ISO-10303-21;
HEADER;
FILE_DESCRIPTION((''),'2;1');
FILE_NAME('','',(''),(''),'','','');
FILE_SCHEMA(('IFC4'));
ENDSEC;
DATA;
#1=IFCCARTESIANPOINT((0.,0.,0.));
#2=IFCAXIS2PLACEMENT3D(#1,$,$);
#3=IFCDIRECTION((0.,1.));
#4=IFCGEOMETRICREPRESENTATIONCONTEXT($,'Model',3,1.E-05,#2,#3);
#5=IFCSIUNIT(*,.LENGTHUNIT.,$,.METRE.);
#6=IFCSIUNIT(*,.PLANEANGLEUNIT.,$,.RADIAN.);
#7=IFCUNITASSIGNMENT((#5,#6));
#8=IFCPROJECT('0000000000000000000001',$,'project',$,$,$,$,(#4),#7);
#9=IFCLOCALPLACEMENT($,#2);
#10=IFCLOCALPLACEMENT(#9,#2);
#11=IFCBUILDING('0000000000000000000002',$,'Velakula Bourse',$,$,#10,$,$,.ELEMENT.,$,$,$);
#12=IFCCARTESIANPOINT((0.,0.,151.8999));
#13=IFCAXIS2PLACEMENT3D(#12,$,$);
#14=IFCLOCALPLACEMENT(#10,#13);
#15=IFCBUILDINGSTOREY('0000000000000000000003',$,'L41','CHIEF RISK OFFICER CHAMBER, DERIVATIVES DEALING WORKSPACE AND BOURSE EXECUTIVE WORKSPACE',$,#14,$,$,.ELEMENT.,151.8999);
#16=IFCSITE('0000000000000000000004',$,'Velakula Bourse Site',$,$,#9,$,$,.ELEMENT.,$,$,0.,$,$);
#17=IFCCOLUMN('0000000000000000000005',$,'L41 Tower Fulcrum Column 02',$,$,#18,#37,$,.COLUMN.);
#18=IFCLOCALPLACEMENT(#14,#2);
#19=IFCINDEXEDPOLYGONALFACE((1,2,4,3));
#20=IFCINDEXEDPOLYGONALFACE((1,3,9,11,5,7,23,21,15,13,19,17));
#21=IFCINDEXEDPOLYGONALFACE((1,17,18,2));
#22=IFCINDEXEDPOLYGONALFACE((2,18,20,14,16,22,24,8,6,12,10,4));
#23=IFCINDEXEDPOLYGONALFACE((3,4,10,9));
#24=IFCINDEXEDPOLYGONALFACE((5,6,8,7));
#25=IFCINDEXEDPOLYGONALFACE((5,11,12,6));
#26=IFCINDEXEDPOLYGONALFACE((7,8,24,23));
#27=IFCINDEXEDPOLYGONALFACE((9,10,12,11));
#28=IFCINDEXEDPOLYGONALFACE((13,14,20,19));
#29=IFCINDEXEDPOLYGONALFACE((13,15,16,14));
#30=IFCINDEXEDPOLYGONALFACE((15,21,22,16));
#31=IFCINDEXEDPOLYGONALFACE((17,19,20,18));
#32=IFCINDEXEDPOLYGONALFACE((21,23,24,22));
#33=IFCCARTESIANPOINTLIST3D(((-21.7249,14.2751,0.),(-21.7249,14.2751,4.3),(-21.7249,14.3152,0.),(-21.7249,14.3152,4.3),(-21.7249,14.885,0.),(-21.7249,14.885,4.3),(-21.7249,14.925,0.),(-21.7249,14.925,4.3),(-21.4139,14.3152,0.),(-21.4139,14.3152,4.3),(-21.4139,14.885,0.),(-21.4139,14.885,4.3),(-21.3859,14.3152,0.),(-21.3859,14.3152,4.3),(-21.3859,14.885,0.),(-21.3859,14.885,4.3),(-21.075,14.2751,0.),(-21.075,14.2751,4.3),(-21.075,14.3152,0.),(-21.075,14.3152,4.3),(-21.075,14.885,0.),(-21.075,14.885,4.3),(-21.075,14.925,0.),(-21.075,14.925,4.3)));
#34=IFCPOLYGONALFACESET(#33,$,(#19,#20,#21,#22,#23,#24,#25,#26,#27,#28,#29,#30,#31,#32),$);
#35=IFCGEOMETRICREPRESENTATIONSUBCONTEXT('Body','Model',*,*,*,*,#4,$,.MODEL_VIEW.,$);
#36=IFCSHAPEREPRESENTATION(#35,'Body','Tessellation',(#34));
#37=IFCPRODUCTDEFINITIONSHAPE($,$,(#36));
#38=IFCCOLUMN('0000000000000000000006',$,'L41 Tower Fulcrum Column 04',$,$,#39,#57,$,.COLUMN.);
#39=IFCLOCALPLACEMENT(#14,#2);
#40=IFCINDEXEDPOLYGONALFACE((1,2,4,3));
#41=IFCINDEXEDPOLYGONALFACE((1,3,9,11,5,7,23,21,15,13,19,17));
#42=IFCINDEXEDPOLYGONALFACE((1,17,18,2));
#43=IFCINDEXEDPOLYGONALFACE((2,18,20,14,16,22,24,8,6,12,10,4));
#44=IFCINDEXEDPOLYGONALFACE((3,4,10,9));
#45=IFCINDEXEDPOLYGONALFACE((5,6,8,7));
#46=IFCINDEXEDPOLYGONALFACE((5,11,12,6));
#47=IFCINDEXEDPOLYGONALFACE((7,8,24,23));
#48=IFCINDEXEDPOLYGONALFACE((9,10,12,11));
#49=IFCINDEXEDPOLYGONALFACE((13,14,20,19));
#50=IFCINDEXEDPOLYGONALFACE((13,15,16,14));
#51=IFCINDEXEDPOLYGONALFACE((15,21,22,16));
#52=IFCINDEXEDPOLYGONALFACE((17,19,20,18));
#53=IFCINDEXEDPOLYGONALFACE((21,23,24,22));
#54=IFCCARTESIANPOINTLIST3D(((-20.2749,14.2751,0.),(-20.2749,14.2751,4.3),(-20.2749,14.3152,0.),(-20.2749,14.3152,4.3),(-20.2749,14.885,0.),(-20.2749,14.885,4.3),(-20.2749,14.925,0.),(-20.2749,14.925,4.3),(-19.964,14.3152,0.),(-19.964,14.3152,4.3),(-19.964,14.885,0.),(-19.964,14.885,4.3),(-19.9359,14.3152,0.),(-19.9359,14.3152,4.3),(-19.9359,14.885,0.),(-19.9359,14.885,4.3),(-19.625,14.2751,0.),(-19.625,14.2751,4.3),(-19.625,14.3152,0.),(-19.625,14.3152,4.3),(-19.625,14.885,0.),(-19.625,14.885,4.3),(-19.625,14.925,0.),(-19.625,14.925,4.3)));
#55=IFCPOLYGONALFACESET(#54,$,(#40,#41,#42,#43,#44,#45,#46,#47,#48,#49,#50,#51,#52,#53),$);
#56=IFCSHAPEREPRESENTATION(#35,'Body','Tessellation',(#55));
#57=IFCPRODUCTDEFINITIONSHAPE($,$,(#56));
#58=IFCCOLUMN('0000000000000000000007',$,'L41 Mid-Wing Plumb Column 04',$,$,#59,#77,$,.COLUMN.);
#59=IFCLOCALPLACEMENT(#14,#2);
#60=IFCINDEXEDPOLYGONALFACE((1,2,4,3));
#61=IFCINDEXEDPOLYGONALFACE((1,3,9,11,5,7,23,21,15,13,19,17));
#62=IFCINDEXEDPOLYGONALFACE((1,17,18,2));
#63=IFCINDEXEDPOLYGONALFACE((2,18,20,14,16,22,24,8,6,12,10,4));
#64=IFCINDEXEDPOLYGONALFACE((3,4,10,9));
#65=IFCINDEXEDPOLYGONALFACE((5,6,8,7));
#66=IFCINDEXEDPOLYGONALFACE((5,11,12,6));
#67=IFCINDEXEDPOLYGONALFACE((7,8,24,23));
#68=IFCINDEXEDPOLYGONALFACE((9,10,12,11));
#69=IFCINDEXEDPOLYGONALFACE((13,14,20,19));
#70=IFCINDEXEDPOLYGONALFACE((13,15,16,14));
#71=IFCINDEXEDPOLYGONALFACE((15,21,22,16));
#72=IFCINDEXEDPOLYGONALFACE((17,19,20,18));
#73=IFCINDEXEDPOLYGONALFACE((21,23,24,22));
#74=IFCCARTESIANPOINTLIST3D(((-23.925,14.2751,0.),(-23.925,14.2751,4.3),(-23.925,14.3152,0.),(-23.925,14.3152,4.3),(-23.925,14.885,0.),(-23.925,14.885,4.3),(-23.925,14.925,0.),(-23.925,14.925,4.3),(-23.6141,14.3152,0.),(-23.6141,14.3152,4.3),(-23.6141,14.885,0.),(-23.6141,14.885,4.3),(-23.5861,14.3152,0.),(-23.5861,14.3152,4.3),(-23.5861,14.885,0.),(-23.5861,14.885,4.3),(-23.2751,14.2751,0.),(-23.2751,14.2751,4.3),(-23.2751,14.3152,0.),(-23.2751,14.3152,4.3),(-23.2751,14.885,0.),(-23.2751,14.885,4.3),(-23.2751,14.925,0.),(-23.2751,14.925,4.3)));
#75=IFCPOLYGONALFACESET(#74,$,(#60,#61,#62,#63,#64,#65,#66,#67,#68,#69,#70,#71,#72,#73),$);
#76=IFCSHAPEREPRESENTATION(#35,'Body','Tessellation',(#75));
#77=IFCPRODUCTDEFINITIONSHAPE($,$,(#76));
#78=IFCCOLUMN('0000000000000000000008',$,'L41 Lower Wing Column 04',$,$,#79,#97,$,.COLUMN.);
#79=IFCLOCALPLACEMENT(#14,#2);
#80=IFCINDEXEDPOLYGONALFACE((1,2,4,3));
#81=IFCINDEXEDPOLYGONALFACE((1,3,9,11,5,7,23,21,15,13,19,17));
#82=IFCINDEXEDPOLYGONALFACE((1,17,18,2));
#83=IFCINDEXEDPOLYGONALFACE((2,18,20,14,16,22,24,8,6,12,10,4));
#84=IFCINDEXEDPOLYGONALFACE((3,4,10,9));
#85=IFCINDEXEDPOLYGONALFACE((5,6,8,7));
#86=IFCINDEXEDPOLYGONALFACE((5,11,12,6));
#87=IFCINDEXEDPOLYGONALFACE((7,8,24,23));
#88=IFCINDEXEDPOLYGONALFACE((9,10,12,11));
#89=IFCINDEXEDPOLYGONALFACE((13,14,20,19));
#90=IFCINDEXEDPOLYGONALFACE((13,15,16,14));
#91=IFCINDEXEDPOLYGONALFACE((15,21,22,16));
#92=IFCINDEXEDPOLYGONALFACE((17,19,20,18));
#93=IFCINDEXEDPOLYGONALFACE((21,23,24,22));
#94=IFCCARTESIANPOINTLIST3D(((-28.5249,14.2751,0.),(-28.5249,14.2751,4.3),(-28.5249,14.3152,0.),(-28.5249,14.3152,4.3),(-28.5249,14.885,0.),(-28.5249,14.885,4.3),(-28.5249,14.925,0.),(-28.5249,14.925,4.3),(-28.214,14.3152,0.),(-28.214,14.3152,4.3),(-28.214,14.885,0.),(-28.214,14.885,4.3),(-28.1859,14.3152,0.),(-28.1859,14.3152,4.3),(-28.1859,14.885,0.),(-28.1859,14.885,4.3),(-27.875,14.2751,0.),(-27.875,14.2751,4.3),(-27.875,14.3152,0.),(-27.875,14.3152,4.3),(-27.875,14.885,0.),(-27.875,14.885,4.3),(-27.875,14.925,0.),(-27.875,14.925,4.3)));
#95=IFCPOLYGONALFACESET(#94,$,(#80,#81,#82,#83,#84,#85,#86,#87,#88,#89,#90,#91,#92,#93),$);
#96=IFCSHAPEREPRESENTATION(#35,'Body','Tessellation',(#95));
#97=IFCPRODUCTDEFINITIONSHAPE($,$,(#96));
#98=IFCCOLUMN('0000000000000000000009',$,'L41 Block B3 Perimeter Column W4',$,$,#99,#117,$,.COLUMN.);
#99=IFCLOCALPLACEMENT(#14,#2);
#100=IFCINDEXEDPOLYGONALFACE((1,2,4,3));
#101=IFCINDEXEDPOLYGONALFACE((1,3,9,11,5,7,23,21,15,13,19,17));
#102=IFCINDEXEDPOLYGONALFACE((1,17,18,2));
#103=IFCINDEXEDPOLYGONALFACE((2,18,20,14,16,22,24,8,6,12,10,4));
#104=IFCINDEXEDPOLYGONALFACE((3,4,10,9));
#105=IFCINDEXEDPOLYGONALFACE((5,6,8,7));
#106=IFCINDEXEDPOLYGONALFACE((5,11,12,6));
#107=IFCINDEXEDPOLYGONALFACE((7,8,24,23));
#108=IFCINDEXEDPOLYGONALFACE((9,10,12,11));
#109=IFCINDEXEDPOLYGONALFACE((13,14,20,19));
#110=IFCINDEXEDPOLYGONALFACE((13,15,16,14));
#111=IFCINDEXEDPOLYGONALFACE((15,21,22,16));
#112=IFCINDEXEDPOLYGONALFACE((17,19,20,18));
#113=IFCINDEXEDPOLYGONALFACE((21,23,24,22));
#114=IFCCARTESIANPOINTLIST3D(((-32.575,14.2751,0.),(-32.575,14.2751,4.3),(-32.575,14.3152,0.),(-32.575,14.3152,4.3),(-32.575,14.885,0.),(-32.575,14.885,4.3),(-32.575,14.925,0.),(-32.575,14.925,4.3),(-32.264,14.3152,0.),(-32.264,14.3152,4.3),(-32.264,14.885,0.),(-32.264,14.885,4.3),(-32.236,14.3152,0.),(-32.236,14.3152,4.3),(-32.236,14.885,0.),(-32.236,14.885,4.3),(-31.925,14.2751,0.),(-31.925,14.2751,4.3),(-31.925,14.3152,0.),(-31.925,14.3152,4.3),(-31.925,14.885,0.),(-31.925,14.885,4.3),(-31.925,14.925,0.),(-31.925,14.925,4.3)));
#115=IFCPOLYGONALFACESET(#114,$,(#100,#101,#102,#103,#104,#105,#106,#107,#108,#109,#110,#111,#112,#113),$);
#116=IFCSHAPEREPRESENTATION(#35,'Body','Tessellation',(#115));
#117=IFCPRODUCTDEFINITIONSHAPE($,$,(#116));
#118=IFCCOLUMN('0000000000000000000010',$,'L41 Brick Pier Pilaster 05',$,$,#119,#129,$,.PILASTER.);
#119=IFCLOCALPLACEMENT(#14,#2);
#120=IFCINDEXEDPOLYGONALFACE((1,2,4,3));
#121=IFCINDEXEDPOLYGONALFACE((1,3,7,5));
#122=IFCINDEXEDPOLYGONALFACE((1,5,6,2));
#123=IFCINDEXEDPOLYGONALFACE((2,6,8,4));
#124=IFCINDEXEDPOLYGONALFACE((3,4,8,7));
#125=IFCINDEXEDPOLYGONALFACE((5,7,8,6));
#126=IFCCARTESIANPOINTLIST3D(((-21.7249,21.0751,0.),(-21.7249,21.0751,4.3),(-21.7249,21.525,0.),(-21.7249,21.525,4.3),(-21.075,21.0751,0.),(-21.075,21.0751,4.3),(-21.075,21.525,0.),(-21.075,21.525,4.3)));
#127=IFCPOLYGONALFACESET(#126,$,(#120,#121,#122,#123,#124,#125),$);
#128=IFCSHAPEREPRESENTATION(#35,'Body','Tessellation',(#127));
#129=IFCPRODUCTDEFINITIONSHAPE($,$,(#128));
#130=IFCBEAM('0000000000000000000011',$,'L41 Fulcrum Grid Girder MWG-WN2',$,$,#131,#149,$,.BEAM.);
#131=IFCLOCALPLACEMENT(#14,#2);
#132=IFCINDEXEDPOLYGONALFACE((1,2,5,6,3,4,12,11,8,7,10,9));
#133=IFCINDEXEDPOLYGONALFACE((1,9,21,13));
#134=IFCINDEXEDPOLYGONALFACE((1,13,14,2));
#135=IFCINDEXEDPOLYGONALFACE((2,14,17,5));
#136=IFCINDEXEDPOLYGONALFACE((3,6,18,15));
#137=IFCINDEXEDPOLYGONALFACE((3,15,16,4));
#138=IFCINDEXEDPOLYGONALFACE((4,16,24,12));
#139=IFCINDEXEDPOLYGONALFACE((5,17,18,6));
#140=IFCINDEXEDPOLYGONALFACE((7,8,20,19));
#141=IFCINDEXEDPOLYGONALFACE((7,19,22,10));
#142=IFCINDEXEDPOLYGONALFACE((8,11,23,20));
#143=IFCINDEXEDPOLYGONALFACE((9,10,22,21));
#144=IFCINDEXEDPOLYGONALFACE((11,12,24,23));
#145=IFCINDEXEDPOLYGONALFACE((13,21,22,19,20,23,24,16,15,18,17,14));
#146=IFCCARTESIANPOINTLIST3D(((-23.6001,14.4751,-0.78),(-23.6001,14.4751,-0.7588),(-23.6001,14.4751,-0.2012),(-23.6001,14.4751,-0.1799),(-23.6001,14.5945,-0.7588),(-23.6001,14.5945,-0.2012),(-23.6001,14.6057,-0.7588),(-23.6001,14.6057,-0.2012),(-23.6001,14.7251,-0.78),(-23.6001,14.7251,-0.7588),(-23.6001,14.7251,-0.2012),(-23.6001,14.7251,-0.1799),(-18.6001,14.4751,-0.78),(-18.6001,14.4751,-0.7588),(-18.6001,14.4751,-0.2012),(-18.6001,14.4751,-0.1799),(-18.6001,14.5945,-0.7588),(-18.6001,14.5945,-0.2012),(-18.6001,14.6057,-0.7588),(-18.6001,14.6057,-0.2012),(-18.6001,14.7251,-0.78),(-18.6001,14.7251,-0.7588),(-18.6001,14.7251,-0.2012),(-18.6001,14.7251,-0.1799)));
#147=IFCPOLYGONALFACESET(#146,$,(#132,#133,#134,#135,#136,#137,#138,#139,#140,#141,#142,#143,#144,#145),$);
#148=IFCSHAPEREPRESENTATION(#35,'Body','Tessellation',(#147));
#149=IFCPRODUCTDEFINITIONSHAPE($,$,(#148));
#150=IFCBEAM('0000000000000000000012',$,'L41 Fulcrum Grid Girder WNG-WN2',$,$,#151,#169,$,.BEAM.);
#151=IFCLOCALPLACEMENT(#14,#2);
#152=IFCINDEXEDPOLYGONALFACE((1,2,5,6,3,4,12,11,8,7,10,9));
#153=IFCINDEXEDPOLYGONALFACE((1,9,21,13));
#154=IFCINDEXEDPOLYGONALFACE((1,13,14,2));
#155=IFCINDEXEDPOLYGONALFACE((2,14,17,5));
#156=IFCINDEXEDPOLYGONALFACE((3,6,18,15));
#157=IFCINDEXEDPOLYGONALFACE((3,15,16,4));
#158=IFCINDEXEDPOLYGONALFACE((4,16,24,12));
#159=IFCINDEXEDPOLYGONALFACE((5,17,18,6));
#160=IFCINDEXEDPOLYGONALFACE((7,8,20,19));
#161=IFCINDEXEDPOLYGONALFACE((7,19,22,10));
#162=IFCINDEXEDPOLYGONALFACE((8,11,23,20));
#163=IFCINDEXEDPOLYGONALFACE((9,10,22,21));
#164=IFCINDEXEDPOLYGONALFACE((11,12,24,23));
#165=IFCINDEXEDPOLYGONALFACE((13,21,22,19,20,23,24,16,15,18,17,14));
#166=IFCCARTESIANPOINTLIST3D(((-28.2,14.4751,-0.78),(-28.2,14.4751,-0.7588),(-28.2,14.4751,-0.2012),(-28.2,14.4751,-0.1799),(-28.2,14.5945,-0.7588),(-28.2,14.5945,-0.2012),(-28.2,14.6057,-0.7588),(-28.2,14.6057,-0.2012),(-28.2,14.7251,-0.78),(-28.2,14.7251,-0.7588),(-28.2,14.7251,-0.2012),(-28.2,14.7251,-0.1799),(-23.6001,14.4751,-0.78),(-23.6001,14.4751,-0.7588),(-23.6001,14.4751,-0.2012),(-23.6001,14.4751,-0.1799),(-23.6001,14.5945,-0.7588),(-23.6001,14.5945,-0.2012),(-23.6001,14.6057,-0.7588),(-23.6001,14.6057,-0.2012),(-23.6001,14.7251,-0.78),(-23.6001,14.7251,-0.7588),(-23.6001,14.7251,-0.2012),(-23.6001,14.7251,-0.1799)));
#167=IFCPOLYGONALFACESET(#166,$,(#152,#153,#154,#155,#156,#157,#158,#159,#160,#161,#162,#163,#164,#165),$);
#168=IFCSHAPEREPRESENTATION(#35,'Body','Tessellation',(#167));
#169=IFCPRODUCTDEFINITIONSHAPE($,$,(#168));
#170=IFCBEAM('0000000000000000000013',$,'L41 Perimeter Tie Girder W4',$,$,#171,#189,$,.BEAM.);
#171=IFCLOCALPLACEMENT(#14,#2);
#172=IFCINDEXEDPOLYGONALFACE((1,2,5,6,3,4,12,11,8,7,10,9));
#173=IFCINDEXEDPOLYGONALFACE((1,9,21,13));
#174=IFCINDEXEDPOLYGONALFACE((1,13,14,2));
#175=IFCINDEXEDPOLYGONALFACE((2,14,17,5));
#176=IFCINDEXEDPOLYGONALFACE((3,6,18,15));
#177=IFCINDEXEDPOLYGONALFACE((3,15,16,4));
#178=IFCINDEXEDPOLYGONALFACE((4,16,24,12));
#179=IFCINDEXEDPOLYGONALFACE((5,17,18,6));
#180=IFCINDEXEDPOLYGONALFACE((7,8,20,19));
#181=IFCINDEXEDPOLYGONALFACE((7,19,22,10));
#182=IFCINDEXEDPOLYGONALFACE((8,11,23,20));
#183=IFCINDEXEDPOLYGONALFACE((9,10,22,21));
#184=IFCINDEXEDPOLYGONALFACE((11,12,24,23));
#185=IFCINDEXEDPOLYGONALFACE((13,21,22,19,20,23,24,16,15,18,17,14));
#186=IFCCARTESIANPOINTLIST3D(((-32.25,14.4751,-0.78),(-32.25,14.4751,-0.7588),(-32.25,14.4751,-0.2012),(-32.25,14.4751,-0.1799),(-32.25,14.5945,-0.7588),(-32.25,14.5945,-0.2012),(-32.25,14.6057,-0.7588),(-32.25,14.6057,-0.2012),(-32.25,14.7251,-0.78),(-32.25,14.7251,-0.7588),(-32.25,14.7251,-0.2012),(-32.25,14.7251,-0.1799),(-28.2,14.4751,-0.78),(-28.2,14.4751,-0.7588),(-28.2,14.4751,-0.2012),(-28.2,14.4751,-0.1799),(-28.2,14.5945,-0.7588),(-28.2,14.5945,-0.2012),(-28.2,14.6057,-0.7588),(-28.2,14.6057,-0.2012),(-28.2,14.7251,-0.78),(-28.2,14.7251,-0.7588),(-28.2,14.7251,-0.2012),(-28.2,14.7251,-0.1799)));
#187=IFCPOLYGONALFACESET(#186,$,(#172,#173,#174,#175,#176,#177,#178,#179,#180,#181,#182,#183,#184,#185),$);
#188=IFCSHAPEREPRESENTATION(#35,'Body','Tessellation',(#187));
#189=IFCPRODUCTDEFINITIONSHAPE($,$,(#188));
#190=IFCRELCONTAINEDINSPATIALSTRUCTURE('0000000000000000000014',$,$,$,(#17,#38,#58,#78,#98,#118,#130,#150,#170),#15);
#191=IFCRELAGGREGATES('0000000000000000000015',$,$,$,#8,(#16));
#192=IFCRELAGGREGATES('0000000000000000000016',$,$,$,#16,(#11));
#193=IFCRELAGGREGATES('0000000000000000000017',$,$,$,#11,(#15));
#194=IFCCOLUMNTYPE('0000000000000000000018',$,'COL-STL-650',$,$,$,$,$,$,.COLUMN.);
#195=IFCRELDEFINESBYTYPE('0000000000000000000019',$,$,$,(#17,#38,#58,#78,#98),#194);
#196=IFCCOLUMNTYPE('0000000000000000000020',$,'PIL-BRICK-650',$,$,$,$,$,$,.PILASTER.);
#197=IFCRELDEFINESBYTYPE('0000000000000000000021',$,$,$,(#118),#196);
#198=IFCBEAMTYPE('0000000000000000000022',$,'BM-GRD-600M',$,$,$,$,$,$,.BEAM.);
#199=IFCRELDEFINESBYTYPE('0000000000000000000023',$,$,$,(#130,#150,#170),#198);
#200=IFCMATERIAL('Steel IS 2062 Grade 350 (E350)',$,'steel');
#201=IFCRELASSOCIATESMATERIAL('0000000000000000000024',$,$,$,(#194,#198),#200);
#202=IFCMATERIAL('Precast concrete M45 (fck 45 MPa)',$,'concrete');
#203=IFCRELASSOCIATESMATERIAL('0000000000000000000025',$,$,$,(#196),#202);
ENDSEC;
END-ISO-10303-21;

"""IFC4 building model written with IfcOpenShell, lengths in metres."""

from ifc_helpers import new_model, si_unit, direction, frame, origin, origin_2d, place, context, subcontext, project, spatial, rectangle, i_section, extrude, material, material_profile, profile_set, type_object, element, save


model = new_model("IFC4")

# Units and contexts
model_context = context("Model", 3, precision=1e-05, world=origin(), true_north=direction((0.0, 1.0)))
body_context = subcontext(model_context, "Body", "Model", "MODEL_VIEW")
ifc_project = project(units=[si_unit("LENGTHUNIT", "METRE"), si_unit("PLANEANGLEUNIT", "RADIAN")], contexts=[model_context])

# Site, building, storey
site_placement = place(None, origin())
site = spatial("IfcSite", under=ifc_project, at=site_placement, Name="Velakula Bourse Site", CompositionType="ELEMENT", RefElevation=0.0)
building_placement = place(site_placement, origin())
building = spatial("IfcBuilding", under=site, at=building_placement, Name="Velakula Bourse", CompositionType="ELEMENT")
storey_placement = place(building_placement, frame((0.0, 0.0, 151.8999)))
storey = spatial("IfcBuildingStorey", under=building, at=storey_placement, Name="L41", Description="CHIEF RISK OFFICER CHAMBER, DERIVATIVES DEALING WORKSPACE AND BOURSE EXECUTIVE WORKSPACE", CompositionType="ELEMENT", Elevation=151.8999)

# Columns
ifc_material_1 = material(Name="Steel IS 2062 Grade 350 (E350)", Category="steel")
ifc_material_profile_1 = material_profile(ifc_material_1, i_section(OverallWidth=0.6499, OverallDepth=0.6499, WebThickness=0.0281, FlangeThickness=0.04, at=origin_2d()), Name="Steel IS 2062 Grade 350 (E350)")
ifc_profile_set_1 = profile_set([ifc_material_profile_1], Name="Steel IS 2062 Grade 350 (E350)")
column_type_1 = type_object("IfcColumnType", Name="COL-STL-650", PredefinedType="COLUMN", material=ifc_profile_set_1)
for number, where, z_axis, x_axis, name in (
    (1, (-21.3999, 14.6001, 0.0), (0.0, 0.0, 1.0), (1.0, 0.0, 0.0), "L41 Tower Fulcrum Column 02"),
    (2, (-19.95, 14.6001, 0.0), (0.0, 0.0, 1.0), (1.0, 0.0, 0.0), "L41 Tower Fulcrum Column 04"),
    (3, (-23.6001, 14.6001, 0.0), (0.0, 0.0, 1.0), (1.0, 0.0, 0.0), "L41 Mid-Wing Plumb Column 04"),
    (4, (-28.2, 14.6001, 0.0), (0.0, 0.0, 1.0), (1.0, 0.0, 0.0), "L41 Lower Wing Column 04"),
    (5, (-32.25, 14.6001, 0.0), (0.0, 0.0, 1.0), (1.0, 0.0, 0.0), "L41 Block B3 Perimeter Column W4"),
):
    element("IfcColumn", number, at=place(storey_placement, frame(where, z_axis=z_axis, x_axis=x_axis)), inside=storey, type_object=column_type_1, Name=name, PredefinedType="COLUMN", context=body_context, shape_type="SweptSolid", body=[
        extrude(i_section(OverallWidth=0.6499, OverallDepth=0.6499, WebThickness=0.0281, FlangeThickness=0.04, at=origin_2d()), origin(), (0.0, 0.0, 1.0), 4.3),
    ])
ifc_material_2 = material(Name="Precast concrete M45 (fck 45 MPa)", Category="concrete")
ifc_material_profile_2 = material_profile(ifc_material_2, rectangle(XDim=0.6499, YDim=0.45, at=origin_2d()), Name="Precast concrete M45 (fck 45 MPa)")
ifc_profile_set_2 = profile_set([ifc_material_profile_2], Name="Precast concrete M45 (fck 45 MPa)")
column_type_2 = type_object("IfcColumnType", Name="PIL-BRICK-650", PredefinedType="PILASTER", material=ifc_profile_set_2)
column_placement = place(storey_placement, frame((-21.3999, 21.3, 0.0), z_axis=(0.0, 0.0, 1.0), x_axis=(1.0, 0.0, 0.0)))
element("IfcColumn", 6, at=column_placement, inside=storey, type_object=column_type_2, Name="L41 Brick Pier Pilaster 05", PredefinedType="PILASTER", context=body_context, shape_type="SweptSolid", body=[
    extrude(rectangle(XDim=0.6499, YDim=0.45, at=origin_2d()), origin(), (0.0, 0.0, 1.0), 4.3),
])

# Beams
ifc_material_profile_3 = material_profile(ifc_material_1, i_section(OverallWidth=0.25, OverallDepth=0.6001, WebThickness=0.0112, FlangeThickness=0.0212, at=origin_2d()), Name="Steel IS 2062 Grade 350 (E350)")
ifc_profile_set_3 = profile_set([ifc_material_profile_3], Name="Steel IS 2062 Grade 350 (E350)")
beam_type_1 = type_object("IfcBeamType", Name="BM-GRD-600M", PredefinedType="BEAM", material=ifc_profile_set_3)
beam_1_placement = place(storey_placement, frame((-23.6001, 14.6001, -0.48), z_axis=(1.0, 0.0, 0.0), x_axis=(0.0, 1.0, 0.0)))
element("IfcBeam", 7, at=beam_1_placement, inside=storey, type_object=beam_type_1, Name="L41 Fulcrum Grid Girder MWG-WN2", PredefinedType="BEAM", context=body_context, shape_type="SweptSolid", body=[
    extrude(i_section(OverallWidth=0.25, OverallDepth=0.6001, WebThickness=0.0112, FlangeThickness=0.0212, at=origin_2d()), origin(), (0.0, 0.0, 1.0), 5.0),
])
beam_2_placement = place(storey_placement, frame((-28.2, 14.6001, -0.48), z_axis=(1.0, 0.0, 0.0), x_axis=(0.0, 1.0, 0.0)))
element("IfcBeam", 8, at=beam_2_placement, inside=storey, type_object=beam_type_1, Name="L41 Fulcrum Grid Girder WNG-WN2", PredefinedType="BEAM", context=body_context, shape_type="SweptSolid", body=[
    extrude(i_section(OverallWidth=0.25, OverallDepth=0.6001, WebThickness=0.0112, FlangeThickness=0.0212, at=origin_2d()), origin(), (0.0, 0.0, 1.0), 4.5999),
])
beam_3_placement = place(storey_placement, frame((-28.2, 14.6001, -0.48), z_axis=(-1.0, 0.0, 0.0), x_axis=(0.0, -1.0, 0.0)))
element("IfcBeam", 9, at=beam_3_placement, inside=storey, type_object=beam_type_1, Name="L41 Perimeter Tie Girder W4", PredefinedType="BEAM", context=body_context, shape_type="SweptSolid", body=[
    extrude(i_section(OverallWidth=0.25, OverallDepth=0.6001, WebThickness=0.0112, FlangeThickness=0.0212, at=origin_2d()), origin(), (0.0, 0.0, 1.0), 4.05),
])

save(model, "model.ifc")
